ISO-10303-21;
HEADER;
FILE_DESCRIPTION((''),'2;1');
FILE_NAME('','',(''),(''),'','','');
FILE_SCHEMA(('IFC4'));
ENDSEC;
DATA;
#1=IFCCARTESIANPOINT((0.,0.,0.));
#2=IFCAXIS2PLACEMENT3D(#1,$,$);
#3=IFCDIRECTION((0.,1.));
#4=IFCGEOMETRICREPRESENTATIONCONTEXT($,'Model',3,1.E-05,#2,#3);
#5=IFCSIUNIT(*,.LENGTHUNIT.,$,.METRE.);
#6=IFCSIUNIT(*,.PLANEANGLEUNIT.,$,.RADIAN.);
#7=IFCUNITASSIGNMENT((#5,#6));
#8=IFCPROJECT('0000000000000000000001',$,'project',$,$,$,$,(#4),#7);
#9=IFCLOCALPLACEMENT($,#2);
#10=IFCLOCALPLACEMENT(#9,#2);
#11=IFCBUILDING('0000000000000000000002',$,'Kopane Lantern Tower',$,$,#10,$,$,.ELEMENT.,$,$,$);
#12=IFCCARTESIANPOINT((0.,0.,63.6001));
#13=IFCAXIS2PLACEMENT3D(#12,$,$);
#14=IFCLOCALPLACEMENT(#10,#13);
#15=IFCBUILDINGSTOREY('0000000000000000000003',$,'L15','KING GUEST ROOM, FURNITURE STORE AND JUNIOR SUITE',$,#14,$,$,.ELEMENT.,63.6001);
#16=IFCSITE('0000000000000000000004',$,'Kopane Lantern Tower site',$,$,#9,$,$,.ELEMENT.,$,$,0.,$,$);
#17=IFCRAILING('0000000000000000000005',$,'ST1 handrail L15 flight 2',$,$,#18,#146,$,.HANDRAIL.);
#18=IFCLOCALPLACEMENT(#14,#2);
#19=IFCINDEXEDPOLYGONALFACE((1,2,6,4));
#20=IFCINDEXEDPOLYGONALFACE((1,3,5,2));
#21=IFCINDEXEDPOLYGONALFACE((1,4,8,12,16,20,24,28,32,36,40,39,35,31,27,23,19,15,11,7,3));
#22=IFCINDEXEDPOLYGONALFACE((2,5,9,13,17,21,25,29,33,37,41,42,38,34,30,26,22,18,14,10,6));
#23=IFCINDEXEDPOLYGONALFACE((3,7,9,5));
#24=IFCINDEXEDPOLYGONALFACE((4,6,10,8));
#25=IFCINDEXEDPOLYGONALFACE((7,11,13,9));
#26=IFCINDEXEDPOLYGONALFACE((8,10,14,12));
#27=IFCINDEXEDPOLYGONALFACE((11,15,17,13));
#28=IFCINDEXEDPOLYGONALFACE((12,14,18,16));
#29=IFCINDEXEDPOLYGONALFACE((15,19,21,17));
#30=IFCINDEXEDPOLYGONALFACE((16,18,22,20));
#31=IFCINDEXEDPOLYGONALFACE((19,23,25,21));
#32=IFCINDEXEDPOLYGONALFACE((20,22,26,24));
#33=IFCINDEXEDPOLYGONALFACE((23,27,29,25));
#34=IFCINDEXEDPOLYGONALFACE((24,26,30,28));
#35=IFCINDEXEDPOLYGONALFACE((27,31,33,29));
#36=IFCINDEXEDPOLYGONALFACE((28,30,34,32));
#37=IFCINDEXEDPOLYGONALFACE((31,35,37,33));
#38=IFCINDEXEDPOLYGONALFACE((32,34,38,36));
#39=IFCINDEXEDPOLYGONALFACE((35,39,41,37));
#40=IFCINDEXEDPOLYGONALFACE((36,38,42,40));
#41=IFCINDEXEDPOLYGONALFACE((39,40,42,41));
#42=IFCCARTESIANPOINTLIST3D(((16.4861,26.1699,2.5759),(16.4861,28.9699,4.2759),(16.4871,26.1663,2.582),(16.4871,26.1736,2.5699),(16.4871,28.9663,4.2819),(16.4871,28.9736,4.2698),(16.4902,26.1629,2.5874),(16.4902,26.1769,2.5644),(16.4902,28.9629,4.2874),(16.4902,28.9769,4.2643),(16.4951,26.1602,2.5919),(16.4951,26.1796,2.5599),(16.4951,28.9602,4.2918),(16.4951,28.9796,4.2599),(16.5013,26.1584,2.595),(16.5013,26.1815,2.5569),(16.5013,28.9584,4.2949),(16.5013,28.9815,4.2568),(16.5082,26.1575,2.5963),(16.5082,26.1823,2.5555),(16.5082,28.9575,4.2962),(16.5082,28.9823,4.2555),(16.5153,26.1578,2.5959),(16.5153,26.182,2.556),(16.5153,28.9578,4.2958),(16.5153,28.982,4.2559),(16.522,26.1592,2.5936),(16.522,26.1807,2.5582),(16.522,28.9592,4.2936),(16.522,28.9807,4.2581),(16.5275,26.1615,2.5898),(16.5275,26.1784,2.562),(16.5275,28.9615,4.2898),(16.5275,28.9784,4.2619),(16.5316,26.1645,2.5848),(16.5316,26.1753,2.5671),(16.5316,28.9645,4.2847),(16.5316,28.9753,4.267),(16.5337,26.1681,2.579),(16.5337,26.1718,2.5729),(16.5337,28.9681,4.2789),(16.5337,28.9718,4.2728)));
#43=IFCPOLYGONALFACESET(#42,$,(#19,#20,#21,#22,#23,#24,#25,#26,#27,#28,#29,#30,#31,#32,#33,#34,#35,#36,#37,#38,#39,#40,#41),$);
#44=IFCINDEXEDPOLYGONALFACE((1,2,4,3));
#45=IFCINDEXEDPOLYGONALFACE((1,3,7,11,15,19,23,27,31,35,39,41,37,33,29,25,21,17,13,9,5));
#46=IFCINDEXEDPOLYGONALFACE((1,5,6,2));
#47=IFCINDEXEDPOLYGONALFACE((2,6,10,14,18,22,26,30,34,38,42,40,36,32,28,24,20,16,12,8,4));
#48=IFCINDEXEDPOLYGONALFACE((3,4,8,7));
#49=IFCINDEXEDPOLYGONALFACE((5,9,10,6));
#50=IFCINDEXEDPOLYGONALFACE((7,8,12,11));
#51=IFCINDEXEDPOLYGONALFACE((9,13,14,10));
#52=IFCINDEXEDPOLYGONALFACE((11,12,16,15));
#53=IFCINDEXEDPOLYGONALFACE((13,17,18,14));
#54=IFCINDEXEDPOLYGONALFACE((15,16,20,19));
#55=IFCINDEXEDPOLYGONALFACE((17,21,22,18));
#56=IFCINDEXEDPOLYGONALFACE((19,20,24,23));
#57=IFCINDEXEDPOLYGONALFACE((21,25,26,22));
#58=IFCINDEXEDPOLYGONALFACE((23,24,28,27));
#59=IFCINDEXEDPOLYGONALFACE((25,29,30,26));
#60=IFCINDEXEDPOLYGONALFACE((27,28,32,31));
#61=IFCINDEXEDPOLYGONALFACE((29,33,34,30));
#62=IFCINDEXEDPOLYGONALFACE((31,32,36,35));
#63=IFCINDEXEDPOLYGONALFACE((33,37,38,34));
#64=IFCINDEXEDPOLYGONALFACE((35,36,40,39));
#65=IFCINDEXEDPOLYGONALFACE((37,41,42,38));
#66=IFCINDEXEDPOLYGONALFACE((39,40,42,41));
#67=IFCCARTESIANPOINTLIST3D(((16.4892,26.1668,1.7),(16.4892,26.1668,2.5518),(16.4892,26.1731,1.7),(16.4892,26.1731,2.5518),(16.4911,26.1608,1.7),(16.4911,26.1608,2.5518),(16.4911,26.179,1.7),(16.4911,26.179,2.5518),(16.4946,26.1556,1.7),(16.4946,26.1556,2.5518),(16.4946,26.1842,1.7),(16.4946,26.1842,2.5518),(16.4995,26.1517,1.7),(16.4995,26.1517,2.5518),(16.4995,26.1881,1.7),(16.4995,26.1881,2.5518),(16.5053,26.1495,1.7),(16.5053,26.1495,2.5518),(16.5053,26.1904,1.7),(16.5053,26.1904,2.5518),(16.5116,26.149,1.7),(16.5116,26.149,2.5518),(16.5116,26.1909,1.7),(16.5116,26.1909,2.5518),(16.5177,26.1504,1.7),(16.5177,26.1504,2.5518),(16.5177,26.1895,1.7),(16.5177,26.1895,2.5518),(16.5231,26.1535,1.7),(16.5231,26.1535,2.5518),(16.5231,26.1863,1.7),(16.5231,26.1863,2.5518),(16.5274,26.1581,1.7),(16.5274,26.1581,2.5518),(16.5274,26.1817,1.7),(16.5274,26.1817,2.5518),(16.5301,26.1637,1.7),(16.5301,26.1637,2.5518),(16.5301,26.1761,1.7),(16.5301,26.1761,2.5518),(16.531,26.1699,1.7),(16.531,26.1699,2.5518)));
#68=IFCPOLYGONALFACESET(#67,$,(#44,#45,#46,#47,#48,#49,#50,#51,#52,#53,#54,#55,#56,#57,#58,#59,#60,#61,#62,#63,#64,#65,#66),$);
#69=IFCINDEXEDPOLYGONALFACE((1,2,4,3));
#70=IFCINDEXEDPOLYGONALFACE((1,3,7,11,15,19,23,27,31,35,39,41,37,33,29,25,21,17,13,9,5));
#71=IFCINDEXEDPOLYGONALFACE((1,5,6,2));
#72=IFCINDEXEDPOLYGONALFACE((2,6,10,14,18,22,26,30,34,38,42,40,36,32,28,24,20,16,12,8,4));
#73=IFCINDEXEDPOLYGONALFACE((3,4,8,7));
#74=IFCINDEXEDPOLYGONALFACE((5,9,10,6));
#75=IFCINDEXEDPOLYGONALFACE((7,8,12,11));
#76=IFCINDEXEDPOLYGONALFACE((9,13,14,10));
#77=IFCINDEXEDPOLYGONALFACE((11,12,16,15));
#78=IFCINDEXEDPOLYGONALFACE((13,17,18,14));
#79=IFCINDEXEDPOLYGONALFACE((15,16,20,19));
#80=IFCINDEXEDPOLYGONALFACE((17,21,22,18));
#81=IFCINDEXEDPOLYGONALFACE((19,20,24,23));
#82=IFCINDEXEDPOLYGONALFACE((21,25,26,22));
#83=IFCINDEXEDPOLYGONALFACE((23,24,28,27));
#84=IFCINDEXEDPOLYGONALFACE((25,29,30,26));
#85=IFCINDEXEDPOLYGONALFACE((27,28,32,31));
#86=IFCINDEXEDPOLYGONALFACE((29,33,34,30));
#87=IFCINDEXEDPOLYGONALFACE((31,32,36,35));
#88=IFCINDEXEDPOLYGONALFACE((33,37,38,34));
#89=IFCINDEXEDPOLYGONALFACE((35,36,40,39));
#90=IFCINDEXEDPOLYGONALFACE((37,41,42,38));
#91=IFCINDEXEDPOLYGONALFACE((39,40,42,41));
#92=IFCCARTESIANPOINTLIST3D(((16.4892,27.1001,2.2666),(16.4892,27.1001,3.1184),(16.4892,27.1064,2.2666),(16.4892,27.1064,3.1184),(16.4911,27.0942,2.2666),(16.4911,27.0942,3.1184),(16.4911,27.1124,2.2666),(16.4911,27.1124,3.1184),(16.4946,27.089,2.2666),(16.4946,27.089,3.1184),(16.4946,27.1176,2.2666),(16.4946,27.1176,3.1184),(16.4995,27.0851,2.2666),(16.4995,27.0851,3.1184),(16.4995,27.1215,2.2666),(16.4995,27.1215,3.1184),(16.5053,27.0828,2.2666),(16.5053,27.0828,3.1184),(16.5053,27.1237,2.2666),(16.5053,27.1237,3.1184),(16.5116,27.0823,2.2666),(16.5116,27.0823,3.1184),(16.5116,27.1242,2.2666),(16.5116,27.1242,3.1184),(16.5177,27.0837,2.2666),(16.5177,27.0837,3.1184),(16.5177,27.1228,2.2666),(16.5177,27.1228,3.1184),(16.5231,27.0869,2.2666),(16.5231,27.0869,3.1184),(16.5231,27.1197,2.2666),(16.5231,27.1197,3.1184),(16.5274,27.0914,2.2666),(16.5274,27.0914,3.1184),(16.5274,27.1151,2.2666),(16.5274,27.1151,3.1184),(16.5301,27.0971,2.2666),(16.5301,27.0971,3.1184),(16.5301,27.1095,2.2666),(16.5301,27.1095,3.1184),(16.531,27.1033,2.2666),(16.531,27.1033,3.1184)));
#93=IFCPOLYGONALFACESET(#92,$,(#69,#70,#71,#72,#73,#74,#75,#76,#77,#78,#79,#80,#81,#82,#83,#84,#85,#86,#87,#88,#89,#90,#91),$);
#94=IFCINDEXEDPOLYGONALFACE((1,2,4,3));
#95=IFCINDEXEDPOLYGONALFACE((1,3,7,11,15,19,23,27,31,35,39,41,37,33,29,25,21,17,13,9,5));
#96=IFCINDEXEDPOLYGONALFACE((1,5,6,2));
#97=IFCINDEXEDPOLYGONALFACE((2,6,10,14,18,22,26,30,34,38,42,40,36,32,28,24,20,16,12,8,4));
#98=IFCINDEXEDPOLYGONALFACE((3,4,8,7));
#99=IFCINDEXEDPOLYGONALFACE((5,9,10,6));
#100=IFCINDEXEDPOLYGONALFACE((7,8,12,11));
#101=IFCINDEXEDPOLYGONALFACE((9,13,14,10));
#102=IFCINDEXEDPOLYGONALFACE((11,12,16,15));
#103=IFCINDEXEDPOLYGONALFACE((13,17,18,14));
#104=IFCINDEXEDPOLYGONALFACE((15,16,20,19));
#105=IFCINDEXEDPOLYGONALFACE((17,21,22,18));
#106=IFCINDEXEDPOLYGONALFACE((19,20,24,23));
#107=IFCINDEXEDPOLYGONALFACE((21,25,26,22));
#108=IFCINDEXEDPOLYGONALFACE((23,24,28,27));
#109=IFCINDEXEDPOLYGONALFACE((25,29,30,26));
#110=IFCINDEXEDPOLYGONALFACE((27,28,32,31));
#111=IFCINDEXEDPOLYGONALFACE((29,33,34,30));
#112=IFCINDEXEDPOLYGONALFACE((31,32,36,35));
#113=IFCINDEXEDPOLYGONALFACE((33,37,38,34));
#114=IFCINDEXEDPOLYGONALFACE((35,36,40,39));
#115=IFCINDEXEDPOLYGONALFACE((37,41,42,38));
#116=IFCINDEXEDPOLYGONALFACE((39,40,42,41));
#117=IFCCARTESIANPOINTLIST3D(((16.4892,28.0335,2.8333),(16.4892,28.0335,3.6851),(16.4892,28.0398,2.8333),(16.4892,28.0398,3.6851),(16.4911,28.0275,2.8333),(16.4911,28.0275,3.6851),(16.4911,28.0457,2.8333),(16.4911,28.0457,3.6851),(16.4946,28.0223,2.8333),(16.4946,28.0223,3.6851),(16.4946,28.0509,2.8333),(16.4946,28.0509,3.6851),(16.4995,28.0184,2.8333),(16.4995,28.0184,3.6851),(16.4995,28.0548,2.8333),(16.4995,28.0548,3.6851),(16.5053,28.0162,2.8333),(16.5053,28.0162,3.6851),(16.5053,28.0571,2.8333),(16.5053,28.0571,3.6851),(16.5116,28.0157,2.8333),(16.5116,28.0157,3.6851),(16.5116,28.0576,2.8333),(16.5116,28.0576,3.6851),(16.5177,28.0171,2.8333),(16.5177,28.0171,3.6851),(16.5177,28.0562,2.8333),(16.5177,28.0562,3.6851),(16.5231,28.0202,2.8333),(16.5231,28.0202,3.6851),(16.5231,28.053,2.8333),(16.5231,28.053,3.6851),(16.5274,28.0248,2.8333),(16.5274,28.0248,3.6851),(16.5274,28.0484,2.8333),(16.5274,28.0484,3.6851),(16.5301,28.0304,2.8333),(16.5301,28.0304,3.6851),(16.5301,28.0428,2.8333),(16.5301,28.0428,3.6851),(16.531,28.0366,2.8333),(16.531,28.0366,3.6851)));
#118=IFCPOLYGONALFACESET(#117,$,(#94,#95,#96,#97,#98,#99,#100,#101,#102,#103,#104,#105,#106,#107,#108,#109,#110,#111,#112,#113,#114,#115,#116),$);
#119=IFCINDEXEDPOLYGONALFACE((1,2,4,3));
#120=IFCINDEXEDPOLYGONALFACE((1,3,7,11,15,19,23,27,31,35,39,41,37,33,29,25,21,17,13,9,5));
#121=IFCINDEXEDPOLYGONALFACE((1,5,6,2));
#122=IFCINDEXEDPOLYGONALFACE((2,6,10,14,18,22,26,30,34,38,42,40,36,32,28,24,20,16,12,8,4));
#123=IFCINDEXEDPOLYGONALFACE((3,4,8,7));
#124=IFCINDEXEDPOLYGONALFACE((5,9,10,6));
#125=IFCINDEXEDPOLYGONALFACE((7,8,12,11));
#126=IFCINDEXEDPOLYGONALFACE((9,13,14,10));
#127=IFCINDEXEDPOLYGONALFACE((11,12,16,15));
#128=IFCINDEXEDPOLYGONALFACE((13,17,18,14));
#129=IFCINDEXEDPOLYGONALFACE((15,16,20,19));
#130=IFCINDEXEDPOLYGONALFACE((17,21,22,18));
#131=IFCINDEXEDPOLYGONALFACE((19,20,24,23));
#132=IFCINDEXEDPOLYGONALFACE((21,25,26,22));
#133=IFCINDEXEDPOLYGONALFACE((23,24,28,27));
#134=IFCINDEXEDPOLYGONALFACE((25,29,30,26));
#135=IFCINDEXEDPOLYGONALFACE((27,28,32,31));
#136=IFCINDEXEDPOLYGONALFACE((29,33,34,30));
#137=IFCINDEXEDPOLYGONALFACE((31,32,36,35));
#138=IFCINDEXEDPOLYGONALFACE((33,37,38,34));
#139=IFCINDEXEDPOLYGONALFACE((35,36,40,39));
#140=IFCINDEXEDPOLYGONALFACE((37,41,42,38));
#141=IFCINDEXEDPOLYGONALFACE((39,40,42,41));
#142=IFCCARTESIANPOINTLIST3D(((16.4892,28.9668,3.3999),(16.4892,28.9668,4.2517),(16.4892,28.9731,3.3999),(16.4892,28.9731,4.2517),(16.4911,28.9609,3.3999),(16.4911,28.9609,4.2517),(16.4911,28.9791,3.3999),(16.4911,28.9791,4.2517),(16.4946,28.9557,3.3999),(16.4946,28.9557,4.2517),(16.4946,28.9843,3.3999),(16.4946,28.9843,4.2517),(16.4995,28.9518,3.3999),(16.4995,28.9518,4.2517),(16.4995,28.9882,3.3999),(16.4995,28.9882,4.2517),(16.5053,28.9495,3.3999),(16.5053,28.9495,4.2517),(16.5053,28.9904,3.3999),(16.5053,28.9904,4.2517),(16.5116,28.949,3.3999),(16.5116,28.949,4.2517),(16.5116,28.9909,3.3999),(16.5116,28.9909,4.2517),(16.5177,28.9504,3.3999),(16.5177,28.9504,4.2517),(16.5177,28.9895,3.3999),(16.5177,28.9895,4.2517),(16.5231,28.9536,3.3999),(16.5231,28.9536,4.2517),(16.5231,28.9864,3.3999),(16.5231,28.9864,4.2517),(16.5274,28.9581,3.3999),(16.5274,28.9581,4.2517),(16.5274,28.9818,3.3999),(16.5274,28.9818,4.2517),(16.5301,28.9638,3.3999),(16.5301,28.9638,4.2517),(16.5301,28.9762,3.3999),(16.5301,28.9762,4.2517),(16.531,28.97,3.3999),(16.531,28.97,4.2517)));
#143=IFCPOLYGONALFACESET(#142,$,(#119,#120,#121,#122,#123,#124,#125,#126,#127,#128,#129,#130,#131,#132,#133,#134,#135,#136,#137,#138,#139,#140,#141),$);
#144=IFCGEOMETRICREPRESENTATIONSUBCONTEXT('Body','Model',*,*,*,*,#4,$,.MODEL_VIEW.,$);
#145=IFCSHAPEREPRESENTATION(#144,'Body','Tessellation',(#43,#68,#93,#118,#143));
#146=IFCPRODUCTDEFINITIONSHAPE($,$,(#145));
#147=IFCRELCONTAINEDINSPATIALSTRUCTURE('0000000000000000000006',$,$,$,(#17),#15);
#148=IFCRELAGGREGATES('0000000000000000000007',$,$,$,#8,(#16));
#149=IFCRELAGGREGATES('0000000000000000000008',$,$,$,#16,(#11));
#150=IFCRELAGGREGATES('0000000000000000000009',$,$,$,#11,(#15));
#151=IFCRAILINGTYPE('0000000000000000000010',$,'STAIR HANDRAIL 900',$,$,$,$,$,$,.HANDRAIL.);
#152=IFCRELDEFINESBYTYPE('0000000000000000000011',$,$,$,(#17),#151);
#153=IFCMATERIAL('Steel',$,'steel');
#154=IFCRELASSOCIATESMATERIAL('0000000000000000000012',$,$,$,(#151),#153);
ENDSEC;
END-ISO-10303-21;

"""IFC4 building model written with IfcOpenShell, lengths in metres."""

from ifc_helpers import new_model, si_unit, direction, frame, origin, origin_2d, place, context, subcontext, project, spatial, circle, extrude, material, type_object, element, save


model = new_model("IFC4")

# Units and contexts
model_context = context("Model", 3, precision=1e-05, world=origin(), true_north=direction((0.0, 1.0)))
body_context = subcontext(model_context, "Body", "Model", "MODEL_VIEW")
ifc_project = project(units=[si_unit("LENGTHUNIT", "METRE"), si_unit("PLANEANGLEUNIT", "RADIAN")], contexts=[model_context])

# Site, building, storey
site_placement = place(None, origin())
site = spatial("IfcSite", under=ifc_project, at=site_placement, Name="Kopane Lantern Tower site", CompositionType="ELEMENT", RefElevation=0.0)
building_placement = place(site_placement, origin())
building = spatial("IfcBuilding", under=site, at=building_placement, Name="Kopane Lantern Tower", CompositionType="ELEMENT")
storey_placement = place(building_placement, frame((0.0, 0.0, 63.6001)))
storey = spatial("IfcBuildingStorey", under=building, at=storey_placement, Name="L15", Description="KING GUEST ROOM, FURNITURE STORE AND JUNIOR SUITE", CompositionType="ELEMENT", Elevation=63.6001)

# Railing
ifc_material_1 = material(Name="Steel", Category="steel")
railing_type_1 = type_object("IfcRailingType", Name="STAIR HANDRAIL 900", PredefinedType="HANDRAIL", material=ifc_material_1)
for number, where, name in (
    (1, (16.51, 26.1699, 1.7), "ST1 handrail L15 flight 2"),
):
    element("IfcRailing", number, at=place(storey_placement, frame(where)), inside=storey, type_object=railing_type_1, Name=name, PredefinedType="HANDRAIL", context=body_context, shape_type="SweptSolid", body=[
        extrude(circle(Radius=0.0239, at=origin_2d()), frame((0.0, 0.0, 0.876), z_axis=(0.0, 0.854798, 0.518961), x_axis=(-1.0, 0.0, 0.0)), (0.0, 0.0, 1.0), 3.2756),
        extrude(circle(Radius=0.021, at=origin_2d()), origin(), (0.0, 0.0, 1.0), 0.8518),
        extrude(circle(Radius=0.021, at=origin_2d()), frame((0.0, 0.9333, 0.5667)), (0.0, 0.0, 1.0), 0.8518),
        extrude(circle(Radius=0.021, at=origin_2d()), frame((0.0, 1.8667, 1.1333)), (0.0, 0.0, 1.0), 0.8518),
        extrude(circle(Radius=0.021, at=origin_2d()), frame((0.0, 2.8, 1.7)), (0.0, 0.0, 1.0), 0.8518),
    ])

save(model, "model.ifc")
